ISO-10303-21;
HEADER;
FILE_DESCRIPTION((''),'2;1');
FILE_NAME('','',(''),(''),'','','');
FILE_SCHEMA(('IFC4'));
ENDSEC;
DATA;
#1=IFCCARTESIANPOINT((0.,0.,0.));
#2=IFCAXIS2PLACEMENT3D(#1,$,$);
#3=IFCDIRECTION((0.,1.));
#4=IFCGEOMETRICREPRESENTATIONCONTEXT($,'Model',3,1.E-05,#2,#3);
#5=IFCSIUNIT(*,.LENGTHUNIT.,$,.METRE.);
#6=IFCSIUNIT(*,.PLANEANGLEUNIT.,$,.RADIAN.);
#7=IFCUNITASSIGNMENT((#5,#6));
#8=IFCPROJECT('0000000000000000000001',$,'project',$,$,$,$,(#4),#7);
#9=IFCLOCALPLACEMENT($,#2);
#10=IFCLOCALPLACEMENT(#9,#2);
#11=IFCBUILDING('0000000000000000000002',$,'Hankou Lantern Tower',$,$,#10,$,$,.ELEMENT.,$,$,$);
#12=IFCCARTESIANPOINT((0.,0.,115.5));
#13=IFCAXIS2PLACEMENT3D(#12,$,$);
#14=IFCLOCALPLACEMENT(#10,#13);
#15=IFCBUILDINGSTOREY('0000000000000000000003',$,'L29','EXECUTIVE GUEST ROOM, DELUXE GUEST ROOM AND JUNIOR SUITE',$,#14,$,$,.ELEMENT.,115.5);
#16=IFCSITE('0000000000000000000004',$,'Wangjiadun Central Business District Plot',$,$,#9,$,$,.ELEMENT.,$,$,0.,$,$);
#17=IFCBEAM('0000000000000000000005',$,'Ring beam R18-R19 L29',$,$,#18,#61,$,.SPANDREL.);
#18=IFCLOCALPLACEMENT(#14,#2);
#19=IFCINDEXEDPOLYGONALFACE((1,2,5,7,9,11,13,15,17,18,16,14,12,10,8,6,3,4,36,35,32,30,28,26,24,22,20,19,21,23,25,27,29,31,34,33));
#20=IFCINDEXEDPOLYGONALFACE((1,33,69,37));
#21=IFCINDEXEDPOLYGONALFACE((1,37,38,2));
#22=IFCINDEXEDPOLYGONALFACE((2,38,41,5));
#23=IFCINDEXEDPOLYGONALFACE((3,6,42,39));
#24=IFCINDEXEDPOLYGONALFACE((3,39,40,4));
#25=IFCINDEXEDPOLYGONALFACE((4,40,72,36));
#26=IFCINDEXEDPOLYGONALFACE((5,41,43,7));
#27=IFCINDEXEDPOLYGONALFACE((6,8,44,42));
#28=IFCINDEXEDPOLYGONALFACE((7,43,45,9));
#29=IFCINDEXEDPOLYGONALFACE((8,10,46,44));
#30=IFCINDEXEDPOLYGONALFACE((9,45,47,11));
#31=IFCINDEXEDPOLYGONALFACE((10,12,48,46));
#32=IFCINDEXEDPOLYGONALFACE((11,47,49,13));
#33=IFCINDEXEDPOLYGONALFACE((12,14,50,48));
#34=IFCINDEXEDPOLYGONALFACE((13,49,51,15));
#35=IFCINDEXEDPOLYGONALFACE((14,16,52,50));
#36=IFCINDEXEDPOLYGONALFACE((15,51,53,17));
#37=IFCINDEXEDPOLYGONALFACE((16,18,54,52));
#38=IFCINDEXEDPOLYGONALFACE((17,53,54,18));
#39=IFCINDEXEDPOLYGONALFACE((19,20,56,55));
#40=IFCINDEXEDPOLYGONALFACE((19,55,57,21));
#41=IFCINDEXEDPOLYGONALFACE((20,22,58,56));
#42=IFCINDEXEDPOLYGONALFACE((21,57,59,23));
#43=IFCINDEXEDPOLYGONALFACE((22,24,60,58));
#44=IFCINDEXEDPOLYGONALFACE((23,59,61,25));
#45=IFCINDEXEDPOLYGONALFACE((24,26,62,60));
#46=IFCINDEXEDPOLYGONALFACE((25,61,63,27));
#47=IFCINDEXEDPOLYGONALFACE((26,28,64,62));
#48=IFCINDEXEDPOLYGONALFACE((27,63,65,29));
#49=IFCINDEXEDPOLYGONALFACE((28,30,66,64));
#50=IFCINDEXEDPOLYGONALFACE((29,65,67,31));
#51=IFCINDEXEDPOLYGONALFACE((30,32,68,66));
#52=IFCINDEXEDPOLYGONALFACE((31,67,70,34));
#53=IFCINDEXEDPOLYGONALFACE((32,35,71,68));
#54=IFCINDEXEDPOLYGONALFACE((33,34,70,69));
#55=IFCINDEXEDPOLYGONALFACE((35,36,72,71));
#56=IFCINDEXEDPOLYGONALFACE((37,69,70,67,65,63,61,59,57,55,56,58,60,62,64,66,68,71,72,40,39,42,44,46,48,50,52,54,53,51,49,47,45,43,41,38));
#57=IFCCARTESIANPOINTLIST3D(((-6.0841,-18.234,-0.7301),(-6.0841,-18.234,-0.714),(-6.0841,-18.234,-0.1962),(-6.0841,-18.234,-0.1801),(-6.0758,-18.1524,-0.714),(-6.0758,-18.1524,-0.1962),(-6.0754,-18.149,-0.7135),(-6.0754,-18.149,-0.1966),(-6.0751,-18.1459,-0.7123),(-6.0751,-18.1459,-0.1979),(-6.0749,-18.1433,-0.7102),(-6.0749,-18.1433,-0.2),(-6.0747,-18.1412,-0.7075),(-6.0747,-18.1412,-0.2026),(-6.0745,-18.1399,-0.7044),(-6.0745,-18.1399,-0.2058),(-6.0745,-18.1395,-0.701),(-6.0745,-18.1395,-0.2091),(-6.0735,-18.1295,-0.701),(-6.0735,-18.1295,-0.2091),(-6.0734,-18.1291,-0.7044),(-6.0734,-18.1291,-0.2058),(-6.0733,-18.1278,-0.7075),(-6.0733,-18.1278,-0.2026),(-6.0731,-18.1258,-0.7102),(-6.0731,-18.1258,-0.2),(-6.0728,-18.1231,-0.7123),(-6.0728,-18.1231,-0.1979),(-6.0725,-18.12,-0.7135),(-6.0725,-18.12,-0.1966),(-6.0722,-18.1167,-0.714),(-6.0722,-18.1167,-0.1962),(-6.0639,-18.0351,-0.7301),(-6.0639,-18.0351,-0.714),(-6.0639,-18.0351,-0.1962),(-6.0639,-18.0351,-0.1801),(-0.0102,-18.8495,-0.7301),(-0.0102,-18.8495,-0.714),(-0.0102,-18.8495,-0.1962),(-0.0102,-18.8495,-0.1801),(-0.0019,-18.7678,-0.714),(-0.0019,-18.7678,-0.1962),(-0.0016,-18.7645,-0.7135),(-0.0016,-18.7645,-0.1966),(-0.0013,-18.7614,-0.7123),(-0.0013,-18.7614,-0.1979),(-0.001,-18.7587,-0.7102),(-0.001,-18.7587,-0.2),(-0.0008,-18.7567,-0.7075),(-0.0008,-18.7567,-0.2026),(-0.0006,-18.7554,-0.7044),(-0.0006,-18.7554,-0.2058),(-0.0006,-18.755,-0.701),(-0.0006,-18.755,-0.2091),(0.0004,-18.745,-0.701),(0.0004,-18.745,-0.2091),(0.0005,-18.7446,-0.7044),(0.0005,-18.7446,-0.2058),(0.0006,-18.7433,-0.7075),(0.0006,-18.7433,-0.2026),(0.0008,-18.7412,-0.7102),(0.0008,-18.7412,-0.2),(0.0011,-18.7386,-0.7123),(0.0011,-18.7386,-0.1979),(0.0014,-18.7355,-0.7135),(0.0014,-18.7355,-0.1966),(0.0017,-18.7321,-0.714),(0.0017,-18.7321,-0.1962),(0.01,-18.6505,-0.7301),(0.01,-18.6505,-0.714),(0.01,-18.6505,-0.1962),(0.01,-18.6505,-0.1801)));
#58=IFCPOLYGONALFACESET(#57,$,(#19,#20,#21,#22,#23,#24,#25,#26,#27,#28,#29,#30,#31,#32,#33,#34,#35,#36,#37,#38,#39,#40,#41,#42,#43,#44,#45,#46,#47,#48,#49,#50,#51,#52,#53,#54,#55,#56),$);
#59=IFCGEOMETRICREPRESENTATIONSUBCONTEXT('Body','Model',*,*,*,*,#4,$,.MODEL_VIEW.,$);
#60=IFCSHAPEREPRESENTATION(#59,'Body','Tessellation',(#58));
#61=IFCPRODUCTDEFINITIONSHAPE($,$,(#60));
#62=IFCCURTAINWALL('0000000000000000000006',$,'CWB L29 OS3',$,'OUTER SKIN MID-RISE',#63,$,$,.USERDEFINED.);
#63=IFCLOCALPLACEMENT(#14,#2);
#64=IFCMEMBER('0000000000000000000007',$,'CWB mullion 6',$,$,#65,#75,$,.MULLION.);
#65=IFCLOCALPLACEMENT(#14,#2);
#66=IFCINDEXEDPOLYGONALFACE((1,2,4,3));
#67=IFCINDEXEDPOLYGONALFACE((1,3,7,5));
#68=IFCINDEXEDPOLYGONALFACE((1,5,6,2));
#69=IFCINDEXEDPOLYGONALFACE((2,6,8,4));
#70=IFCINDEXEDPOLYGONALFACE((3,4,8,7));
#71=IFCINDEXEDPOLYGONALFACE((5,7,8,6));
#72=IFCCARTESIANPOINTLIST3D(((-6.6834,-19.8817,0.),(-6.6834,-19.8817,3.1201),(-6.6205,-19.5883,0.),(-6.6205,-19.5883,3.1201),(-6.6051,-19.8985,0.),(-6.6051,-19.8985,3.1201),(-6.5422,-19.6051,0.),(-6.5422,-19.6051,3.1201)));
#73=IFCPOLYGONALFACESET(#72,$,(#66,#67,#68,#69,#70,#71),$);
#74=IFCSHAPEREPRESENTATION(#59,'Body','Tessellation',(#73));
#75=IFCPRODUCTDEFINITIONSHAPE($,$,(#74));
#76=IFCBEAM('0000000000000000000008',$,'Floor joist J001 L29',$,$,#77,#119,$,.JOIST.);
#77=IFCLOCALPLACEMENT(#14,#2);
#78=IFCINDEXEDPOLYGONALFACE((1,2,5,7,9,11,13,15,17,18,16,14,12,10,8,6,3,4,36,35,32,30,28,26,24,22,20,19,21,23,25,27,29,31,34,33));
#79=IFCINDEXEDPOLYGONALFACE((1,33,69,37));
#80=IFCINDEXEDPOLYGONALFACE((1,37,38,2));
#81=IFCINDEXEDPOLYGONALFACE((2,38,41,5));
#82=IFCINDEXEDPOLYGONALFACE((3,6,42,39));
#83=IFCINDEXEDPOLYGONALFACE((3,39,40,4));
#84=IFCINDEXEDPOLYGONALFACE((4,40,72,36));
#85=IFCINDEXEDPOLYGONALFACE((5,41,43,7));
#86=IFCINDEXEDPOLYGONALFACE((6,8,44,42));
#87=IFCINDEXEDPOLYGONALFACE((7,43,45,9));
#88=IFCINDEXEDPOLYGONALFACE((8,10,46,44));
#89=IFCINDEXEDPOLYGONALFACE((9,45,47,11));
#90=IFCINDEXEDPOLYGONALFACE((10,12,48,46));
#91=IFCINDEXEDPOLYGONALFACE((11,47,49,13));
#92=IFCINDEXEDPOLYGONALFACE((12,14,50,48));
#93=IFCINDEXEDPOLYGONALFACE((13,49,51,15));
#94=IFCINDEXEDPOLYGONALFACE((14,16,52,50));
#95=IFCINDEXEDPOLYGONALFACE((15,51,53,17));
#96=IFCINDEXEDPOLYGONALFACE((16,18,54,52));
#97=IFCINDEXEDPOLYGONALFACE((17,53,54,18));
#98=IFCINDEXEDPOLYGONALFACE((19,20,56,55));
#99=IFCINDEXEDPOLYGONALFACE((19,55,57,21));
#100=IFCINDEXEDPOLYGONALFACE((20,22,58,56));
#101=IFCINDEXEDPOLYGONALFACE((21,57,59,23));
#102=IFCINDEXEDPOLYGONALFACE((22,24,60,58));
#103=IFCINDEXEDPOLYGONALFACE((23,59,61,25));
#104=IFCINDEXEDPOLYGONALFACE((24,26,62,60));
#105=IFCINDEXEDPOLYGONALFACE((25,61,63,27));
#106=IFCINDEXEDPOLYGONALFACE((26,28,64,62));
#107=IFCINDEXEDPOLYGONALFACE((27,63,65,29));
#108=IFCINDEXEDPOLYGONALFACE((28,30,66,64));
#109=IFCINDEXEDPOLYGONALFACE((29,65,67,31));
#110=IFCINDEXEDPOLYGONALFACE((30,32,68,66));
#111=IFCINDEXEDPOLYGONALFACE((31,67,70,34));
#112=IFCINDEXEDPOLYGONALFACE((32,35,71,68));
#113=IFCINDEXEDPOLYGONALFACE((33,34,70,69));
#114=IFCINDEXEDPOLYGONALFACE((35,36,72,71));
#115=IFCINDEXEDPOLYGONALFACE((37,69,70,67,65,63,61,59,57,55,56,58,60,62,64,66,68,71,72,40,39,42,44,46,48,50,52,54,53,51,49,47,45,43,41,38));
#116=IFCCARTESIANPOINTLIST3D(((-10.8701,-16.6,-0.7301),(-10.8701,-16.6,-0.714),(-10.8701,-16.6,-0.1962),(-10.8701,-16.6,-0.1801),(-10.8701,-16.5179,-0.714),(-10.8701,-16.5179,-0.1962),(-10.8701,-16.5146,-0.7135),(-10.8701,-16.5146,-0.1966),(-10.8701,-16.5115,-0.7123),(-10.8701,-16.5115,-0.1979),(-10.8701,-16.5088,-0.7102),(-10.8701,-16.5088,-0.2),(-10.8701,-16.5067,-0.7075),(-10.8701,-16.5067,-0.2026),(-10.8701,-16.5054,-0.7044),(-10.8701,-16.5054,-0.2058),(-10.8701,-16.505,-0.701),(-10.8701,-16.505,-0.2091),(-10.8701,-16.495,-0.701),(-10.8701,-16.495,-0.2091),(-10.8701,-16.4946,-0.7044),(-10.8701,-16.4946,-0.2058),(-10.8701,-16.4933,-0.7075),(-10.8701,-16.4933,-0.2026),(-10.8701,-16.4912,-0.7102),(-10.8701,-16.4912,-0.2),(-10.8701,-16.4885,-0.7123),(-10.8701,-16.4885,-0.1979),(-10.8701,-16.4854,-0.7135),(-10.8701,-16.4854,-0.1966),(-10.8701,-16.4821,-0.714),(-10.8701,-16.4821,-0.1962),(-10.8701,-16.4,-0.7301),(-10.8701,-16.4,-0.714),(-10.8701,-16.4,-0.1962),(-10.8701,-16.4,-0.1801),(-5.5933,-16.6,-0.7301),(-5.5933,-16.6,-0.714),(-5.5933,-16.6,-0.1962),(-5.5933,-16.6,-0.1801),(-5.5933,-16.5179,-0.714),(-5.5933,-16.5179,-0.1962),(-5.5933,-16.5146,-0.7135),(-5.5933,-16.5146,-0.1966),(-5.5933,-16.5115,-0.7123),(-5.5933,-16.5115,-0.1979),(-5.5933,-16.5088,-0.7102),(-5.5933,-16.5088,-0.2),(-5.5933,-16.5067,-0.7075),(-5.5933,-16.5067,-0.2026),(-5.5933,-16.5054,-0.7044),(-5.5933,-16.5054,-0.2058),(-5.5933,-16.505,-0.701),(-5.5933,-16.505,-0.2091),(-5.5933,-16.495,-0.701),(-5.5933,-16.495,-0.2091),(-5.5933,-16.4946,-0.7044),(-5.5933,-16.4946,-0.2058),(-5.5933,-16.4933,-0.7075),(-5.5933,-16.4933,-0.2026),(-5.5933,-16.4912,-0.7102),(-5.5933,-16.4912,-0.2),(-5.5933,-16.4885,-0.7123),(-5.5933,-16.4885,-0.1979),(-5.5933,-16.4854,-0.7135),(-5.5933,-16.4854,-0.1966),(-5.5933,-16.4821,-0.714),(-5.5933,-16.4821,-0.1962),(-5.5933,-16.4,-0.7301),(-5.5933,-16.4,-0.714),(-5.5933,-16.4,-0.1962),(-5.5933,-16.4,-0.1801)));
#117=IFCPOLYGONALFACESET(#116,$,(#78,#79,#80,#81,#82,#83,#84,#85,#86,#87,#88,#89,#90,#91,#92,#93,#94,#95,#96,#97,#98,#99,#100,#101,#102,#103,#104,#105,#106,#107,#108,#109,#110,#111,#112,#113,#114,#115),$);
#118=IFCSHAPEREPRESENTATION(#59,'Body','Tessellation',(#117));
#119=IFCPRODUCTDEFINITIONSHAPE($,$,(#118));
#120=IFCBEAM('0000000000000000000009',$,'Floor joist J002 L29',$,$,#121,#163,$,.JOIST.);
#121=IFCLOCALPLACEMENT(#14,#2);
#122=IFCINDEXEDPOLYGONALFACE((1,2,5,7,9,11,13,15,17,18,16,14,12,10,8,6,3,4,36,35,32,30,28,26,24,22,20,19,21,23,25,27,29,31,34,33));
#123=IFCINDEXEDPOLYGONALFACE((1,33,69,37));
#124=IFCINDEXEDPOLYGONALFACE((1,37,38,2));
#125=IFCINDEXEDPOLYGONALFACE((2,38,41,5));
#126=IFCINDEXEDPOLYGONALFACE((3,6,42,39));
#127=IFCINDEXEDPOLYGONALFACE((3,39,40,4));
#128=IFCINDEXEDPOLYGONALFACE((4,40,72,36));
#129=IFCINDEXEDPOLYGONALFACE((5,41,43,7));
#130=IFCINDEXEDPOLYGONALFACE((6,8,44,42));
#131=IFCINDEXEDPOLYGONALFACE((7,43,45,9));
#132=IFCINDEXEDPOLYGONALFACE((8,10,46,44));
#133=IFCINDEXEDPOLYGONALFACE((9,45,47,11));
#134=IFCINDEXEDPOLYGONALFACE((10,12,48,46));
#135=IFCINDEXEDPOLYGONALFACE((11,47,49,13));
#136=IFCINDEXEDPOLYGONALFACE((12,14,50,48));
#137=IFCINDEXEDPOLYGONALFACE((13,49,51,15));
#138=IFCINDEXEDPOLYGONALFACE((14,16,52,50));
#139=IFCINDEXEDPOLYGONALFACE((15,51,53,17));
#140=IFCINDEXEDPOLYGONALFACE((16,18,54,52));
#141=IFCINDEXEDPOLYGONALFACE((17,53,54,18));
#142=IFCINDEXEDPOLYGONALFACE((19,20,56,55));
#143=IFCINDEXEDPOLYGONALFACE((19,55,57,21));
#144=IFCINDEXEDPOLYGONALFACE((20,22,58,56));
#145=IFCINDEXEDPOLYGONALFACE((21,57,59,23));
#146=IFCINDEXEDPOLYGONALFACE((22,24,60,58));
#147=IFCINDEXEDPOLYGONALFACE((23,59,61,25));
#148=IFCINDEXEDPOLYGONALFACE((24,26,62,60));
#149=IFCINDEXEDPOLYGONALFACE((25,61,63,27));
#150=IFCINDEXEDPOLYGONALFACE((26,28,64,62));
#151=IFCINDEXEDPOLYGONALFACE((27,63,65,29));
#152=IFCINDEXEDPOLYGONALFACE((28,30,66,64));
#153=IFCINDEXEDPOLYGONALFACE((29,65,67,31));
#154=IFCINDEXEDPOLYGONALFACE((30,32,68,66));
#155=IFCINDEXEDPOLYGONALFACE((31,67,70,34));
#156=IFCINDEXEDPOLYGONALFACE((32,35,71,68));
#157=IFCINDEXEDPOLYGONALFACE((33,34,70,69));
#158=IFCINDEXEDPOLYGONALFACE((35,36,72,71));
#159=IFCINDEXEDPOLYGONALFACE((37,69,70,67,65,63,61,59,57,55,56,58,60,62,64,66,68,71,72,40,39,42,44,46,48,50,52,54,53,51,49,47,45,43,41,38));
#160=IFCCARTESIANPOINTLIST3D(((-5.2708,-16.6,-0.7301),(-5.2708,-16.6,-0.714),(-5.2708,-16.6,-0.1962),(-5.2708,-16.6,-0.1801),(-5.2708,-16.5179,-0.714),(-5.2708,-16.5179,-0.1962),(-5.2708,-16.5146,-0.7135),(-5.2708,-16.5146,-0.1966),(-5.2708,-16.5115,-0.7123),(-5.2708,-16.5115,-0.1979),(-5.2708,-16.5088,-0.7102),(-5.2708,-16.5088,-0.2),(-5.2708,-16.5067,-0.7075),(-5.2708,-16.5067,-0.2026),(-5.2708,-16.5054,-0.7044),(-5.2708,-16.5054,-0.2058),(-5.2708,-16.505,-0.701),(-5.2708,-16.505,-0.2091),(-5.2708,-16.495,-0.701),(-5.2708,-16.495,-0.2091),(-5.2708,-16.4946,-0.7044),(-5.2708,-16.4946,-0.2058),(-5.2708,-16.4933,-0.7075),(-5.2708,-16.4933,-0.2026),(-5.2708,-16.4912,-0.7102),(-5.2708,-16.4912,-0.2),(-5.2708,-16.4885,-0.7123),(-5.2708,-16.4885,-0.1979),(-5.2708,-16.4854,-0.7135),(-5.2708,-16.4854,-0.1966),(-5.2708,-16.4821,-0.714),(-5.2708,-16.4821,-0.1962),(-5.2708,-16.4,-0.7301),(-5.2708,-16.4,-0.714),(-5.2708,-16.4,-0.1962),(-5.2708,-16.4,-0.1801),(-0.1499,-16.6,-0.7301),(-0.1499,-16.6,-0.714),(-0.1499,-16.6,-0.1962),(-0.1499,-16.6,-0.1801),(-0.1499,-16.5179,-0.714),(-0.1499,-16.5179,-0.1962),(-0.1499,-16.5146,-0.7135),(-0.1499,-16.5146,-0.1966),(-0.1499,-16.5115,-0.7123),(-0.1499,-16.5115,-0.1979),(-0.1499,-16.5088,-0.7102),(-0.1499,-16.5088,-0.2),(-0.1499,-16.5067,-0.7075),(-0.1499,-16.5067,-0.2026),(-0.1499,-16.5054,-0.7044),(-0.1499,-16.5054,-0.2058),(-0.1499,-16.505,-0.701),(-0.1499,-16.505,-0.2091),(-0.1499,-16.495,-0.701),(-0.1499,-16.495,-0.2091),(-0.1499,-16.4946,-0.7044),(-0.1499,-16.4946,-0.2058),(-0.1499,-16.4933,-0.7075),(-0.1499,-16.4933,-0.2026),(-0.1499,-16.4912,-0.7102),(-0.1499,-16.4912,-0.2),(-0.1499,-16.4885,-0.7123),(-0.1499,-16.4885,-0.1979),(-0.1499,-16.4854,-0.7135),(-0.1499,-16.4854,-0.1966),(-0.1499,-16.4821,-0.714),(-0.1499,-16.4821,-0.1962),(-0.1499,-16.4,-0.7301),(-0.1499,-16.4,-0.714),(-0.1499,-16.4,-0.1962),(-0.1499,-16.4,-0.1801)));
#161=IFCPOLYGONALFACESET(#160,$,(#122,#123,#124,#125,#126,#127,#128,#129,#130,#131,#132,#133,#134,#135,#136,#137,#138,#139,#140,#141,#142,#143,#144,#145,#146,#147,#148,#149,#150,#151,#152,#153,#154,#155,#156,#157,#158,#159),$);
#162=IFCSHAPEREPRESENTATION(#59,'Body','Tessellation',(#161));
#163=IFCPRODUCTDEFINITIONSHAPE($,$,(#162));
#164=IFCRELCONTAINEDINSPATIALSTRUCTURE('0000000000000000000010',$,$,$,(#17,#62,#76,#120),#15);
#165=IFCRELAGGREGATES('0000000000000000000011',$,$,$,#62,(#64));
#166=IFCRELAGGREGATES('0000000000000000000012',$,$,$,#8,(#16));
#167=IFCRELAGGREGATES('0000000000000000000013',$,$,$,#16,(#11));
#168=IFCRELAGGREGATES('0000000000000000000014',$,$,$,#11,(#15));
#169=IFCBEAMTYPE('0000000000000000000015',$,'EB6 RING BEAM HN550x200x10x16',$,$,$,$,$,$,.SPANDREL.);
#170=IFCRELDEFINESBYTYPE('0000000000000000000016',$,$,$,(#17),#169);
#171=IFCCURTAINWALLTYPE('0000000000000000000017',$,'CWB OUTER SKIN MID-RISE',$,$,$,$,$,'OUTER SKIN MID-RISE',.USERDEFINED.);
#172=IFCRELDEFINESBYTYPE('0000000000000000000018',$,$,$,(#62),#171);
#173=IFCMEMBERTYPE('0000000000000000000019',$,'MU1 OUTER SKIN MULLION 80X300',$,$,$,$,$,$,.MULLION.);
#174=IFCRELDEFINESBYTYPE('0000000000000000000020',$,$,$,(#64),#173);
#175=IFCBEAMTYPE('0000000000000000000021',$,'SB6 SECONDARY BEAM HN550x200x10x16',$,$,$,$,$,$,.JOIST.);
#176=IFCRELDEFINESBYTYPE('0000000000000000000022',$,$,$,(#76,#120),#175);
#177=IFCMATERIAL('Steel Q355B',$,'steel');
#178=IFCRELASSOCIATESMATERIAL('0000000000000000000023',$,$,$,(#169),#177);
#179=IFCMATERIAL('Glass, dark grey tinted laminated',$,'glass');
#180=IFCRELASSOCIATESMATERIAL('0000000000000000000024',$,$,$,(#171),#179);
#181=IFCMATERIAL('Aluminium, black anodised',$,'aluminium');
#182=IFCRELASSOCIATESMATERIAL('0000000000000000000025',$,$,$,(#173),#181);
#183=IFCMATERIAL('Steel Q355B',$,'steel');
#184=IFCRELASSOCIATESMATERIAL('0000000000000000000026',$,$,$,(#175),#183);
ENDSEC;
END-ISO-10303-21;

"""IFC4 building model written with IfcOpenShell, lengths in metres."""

from ifc_helpers import new_model, si_unit, direction, frame, origin, origin_2d, place, context, subcontext, project, spatial, rectangle, i_section, extrude, material, material_profile, profile_set, type_object, element, aggregate, save


model = new_model("IFC4")

# Units and contexts
model_context = context("Model", 3, precision=1e-05, world=origin(), true_north=direction((0.0, 1.0)))
body_context = subcontext(model_context, "Body", "Model", "MODEL_VIEW")
ifc_project = project(units=[si_unit("LENGTHUNIT", "METRE"), si_unit("PLANEANGLEUNIT", "RADIAN")], contexts=[model_context])

# Site, building, storey
site_placement = place(None, origin())
site = spatial("IfcSite", under=ifc_project, at=site_placement, Name="Wangjiadun Central Business District Plot", CompositionType="ELEMENT", RefElevation=0.0)
building_placement = place(site_placement, origin())
building = spatial("IfcBuilding", under=site, at=building_placement, Name="Hankou Lantern Tower", CompositionType="ELEMENT")
storey_placement = place(building_placement, frame((0.0, 0.0, 115.5)))
storey = spatial("IfcBuildingStorey", under=building, at=storey_placement, Name="L29", Description="EXECUTIVE GUEST ROOM, DELUXE GUEST ROOM AND JUNIOR SUITE", CompositionType="ELEMENT", Elevation=115.5)

# Beam
ifc_material_1 = material(Name="Steel Q355B", Category="steel")
ifc_material_profile_1 = material_profile(ifc_material_1, i_section(OverallWidth=0.2, OverallDepth=0.55, WebThickness=0.01, FlangeThickness=0.0161, FilletRadius=0.0129, at=origin_2d()), Name="HN550x200x10x16")
ifc_profile_set_1 = profile_set([ifc_material_profile_1], Name="Steel Q355B")
beam_type_1 = type_object("IfcBeamType", Name="EB6 RING BEAM HN550x200x10x16", PredefinedType="SPANDREL", material=ifc_profile_set_1)
beam_1_placement = place(storey_placement, frame((-6.074, -18.1345, -0.4551), z_axis=(0.994905, -0.100814, 0.0), x_axis=(0.100814, 0.994905, 0.0)))
element("IfcBeam", 1, at=beam_1_placement, inside=storey, type_object=beam_type_1, Name="Ring beam R18-R19 L29", PredefinedType="SPANDREL", context=body_context, shape_type="SweptSolid", body=[
    extrude(i_section(OverallWidth=0.2, OverallDepth=0.55, WebThickness=0.01, FlangeThickness=0.0161, FilletRadius=0.0129, at=origin_2d()), origin(), (0.0, 0.0, 1.0), 6.105),
])

# Curtain wall, member
ifc_material_2 = material(Name="Glass, dark grey tinted laminated", Category="glass")
curtain_wall_type = type_object("IfcCurtainWallType", Name="CWB OUTER SKIN MID-RISE", ElementType="OUTER SKIN MID-RISE", PredefinedType="USERDEFINED", material=ifc_material_2)
curtain_wall_placement = place(storey_placement, origin())
curtain_wall = element("IfcCurtainWall", 2, at=curtain_wall_placement, inside=storey, type_object=curtain_wall_type, Name="CWB L29 OS3", ObjectType="OUTER SKIN MID-RISE", PredefinedType="USERDEFINED")
ifc_material_3 = material(Name="Aluminium, black anodised", Category="aluminium")
ifc_material_profile_2 = material_profile(ifc_material_3, rectangle(XDim=0.0801, YDim=0.3, at=origin_2d()), Name="MU1 80X300")
ifc_profile_set_2 = profile_set([ifc_material_profile_2], Name="Aluminium, black anodised")
member_type_1 = type_object("IfcMemberType", Name="MU1 OUTER SKIN MULLION 80X300", PredefinedType="MULLION", material=ifc_profile_set_2)
member_1_placement = place(storey_placement, frame((-6.6128, -19.7434, 0.0), z_axis=(0.0, 0.0, 1.0), x_axis=(0.977788, -0.209598, 0.0)))
member_1 = element("IfcMember", 3, at=member_1_placement, type_object=member_type_1, Name="CWB mullion 6", PredefinedType="MULLION", context=body_context, shape_type="SweptSolid", body=[
    extrude(rectangle(XDim=0.0801, YDim=0.3, at=origin_2d()), origin(), (0.0, 0.0, 1.0), 3.1201),
])

# Beams
ifc_material_4 = material(Name="Steel Q355B", Category="steel")
ifc_material_profile_3 = material_profile(ifc_material_4, i_section(OverallWidth=0.2, OverallDepth=0.55, WebThickness=0.01, FlangeThickness=0.0161, FilletRadius=0.0129, at=origin_2d()), Name="HN550x200x10x16")
ifc_profile_set_3 = profile_set([ifc_material_profile_3], Name="Steel Q355B")
beam_type_2 = type_object("IfcBeamType", Name="SB6 SECONDARY BEAM HN550x200x10x16", PredefinedType="JOIST", material=ifc_profile_set_3)
beam_2_placement = place(storey_placement, frame((-10.8701, -16.5, -0.4551), z_axis=(1.0, 0.0, 0.0), x_axis=(0.0, 1.0, 0.0)))
element("IfcBeam", 4, at=beam_2_placement, inside=storey, type_object=beam_type_2, Name="Floor joist J001 L29", PredefinedType="JOIST", context=body_context, shape_type="SweptSolid", body=[
    extrude(i_section(OverallWidth=0.2, OverallDepth=0.55, WebThickness=0.01, FlangeThickness=0.0161, FilletRadius=0.0129, at=origin_2d()), origin(), (0.0, 0.0, 1.0), 5.2769),
])
beam_3_placement = place(storey_placement, frame((-5.2708, -16.5, -0.4551), z_axis=(1.0, 0.0, 0.0), x_axis=(0.0, 1.0, 0.0)))
element("IfcBeam", 5, at=beam_3_placement, inside=storey, type_object=beam_type_2, Name="Floor joist J002 L29", PredefinedType="JOIST", context=body_context, shape_type="SweptSolid", body=[
    extrude(i_section(OverallWidth=0.2, OverallDepth=0.55, WebThickness=0.01, FlangeThickness=0.0161, FilletRadius=0.0129, at=origin_2d()), origin(), (0.0, 0.0, 1.0), 5.1208),
])

aggregate(curtain_wall, [member_1])

save(model, "model.ifc")
